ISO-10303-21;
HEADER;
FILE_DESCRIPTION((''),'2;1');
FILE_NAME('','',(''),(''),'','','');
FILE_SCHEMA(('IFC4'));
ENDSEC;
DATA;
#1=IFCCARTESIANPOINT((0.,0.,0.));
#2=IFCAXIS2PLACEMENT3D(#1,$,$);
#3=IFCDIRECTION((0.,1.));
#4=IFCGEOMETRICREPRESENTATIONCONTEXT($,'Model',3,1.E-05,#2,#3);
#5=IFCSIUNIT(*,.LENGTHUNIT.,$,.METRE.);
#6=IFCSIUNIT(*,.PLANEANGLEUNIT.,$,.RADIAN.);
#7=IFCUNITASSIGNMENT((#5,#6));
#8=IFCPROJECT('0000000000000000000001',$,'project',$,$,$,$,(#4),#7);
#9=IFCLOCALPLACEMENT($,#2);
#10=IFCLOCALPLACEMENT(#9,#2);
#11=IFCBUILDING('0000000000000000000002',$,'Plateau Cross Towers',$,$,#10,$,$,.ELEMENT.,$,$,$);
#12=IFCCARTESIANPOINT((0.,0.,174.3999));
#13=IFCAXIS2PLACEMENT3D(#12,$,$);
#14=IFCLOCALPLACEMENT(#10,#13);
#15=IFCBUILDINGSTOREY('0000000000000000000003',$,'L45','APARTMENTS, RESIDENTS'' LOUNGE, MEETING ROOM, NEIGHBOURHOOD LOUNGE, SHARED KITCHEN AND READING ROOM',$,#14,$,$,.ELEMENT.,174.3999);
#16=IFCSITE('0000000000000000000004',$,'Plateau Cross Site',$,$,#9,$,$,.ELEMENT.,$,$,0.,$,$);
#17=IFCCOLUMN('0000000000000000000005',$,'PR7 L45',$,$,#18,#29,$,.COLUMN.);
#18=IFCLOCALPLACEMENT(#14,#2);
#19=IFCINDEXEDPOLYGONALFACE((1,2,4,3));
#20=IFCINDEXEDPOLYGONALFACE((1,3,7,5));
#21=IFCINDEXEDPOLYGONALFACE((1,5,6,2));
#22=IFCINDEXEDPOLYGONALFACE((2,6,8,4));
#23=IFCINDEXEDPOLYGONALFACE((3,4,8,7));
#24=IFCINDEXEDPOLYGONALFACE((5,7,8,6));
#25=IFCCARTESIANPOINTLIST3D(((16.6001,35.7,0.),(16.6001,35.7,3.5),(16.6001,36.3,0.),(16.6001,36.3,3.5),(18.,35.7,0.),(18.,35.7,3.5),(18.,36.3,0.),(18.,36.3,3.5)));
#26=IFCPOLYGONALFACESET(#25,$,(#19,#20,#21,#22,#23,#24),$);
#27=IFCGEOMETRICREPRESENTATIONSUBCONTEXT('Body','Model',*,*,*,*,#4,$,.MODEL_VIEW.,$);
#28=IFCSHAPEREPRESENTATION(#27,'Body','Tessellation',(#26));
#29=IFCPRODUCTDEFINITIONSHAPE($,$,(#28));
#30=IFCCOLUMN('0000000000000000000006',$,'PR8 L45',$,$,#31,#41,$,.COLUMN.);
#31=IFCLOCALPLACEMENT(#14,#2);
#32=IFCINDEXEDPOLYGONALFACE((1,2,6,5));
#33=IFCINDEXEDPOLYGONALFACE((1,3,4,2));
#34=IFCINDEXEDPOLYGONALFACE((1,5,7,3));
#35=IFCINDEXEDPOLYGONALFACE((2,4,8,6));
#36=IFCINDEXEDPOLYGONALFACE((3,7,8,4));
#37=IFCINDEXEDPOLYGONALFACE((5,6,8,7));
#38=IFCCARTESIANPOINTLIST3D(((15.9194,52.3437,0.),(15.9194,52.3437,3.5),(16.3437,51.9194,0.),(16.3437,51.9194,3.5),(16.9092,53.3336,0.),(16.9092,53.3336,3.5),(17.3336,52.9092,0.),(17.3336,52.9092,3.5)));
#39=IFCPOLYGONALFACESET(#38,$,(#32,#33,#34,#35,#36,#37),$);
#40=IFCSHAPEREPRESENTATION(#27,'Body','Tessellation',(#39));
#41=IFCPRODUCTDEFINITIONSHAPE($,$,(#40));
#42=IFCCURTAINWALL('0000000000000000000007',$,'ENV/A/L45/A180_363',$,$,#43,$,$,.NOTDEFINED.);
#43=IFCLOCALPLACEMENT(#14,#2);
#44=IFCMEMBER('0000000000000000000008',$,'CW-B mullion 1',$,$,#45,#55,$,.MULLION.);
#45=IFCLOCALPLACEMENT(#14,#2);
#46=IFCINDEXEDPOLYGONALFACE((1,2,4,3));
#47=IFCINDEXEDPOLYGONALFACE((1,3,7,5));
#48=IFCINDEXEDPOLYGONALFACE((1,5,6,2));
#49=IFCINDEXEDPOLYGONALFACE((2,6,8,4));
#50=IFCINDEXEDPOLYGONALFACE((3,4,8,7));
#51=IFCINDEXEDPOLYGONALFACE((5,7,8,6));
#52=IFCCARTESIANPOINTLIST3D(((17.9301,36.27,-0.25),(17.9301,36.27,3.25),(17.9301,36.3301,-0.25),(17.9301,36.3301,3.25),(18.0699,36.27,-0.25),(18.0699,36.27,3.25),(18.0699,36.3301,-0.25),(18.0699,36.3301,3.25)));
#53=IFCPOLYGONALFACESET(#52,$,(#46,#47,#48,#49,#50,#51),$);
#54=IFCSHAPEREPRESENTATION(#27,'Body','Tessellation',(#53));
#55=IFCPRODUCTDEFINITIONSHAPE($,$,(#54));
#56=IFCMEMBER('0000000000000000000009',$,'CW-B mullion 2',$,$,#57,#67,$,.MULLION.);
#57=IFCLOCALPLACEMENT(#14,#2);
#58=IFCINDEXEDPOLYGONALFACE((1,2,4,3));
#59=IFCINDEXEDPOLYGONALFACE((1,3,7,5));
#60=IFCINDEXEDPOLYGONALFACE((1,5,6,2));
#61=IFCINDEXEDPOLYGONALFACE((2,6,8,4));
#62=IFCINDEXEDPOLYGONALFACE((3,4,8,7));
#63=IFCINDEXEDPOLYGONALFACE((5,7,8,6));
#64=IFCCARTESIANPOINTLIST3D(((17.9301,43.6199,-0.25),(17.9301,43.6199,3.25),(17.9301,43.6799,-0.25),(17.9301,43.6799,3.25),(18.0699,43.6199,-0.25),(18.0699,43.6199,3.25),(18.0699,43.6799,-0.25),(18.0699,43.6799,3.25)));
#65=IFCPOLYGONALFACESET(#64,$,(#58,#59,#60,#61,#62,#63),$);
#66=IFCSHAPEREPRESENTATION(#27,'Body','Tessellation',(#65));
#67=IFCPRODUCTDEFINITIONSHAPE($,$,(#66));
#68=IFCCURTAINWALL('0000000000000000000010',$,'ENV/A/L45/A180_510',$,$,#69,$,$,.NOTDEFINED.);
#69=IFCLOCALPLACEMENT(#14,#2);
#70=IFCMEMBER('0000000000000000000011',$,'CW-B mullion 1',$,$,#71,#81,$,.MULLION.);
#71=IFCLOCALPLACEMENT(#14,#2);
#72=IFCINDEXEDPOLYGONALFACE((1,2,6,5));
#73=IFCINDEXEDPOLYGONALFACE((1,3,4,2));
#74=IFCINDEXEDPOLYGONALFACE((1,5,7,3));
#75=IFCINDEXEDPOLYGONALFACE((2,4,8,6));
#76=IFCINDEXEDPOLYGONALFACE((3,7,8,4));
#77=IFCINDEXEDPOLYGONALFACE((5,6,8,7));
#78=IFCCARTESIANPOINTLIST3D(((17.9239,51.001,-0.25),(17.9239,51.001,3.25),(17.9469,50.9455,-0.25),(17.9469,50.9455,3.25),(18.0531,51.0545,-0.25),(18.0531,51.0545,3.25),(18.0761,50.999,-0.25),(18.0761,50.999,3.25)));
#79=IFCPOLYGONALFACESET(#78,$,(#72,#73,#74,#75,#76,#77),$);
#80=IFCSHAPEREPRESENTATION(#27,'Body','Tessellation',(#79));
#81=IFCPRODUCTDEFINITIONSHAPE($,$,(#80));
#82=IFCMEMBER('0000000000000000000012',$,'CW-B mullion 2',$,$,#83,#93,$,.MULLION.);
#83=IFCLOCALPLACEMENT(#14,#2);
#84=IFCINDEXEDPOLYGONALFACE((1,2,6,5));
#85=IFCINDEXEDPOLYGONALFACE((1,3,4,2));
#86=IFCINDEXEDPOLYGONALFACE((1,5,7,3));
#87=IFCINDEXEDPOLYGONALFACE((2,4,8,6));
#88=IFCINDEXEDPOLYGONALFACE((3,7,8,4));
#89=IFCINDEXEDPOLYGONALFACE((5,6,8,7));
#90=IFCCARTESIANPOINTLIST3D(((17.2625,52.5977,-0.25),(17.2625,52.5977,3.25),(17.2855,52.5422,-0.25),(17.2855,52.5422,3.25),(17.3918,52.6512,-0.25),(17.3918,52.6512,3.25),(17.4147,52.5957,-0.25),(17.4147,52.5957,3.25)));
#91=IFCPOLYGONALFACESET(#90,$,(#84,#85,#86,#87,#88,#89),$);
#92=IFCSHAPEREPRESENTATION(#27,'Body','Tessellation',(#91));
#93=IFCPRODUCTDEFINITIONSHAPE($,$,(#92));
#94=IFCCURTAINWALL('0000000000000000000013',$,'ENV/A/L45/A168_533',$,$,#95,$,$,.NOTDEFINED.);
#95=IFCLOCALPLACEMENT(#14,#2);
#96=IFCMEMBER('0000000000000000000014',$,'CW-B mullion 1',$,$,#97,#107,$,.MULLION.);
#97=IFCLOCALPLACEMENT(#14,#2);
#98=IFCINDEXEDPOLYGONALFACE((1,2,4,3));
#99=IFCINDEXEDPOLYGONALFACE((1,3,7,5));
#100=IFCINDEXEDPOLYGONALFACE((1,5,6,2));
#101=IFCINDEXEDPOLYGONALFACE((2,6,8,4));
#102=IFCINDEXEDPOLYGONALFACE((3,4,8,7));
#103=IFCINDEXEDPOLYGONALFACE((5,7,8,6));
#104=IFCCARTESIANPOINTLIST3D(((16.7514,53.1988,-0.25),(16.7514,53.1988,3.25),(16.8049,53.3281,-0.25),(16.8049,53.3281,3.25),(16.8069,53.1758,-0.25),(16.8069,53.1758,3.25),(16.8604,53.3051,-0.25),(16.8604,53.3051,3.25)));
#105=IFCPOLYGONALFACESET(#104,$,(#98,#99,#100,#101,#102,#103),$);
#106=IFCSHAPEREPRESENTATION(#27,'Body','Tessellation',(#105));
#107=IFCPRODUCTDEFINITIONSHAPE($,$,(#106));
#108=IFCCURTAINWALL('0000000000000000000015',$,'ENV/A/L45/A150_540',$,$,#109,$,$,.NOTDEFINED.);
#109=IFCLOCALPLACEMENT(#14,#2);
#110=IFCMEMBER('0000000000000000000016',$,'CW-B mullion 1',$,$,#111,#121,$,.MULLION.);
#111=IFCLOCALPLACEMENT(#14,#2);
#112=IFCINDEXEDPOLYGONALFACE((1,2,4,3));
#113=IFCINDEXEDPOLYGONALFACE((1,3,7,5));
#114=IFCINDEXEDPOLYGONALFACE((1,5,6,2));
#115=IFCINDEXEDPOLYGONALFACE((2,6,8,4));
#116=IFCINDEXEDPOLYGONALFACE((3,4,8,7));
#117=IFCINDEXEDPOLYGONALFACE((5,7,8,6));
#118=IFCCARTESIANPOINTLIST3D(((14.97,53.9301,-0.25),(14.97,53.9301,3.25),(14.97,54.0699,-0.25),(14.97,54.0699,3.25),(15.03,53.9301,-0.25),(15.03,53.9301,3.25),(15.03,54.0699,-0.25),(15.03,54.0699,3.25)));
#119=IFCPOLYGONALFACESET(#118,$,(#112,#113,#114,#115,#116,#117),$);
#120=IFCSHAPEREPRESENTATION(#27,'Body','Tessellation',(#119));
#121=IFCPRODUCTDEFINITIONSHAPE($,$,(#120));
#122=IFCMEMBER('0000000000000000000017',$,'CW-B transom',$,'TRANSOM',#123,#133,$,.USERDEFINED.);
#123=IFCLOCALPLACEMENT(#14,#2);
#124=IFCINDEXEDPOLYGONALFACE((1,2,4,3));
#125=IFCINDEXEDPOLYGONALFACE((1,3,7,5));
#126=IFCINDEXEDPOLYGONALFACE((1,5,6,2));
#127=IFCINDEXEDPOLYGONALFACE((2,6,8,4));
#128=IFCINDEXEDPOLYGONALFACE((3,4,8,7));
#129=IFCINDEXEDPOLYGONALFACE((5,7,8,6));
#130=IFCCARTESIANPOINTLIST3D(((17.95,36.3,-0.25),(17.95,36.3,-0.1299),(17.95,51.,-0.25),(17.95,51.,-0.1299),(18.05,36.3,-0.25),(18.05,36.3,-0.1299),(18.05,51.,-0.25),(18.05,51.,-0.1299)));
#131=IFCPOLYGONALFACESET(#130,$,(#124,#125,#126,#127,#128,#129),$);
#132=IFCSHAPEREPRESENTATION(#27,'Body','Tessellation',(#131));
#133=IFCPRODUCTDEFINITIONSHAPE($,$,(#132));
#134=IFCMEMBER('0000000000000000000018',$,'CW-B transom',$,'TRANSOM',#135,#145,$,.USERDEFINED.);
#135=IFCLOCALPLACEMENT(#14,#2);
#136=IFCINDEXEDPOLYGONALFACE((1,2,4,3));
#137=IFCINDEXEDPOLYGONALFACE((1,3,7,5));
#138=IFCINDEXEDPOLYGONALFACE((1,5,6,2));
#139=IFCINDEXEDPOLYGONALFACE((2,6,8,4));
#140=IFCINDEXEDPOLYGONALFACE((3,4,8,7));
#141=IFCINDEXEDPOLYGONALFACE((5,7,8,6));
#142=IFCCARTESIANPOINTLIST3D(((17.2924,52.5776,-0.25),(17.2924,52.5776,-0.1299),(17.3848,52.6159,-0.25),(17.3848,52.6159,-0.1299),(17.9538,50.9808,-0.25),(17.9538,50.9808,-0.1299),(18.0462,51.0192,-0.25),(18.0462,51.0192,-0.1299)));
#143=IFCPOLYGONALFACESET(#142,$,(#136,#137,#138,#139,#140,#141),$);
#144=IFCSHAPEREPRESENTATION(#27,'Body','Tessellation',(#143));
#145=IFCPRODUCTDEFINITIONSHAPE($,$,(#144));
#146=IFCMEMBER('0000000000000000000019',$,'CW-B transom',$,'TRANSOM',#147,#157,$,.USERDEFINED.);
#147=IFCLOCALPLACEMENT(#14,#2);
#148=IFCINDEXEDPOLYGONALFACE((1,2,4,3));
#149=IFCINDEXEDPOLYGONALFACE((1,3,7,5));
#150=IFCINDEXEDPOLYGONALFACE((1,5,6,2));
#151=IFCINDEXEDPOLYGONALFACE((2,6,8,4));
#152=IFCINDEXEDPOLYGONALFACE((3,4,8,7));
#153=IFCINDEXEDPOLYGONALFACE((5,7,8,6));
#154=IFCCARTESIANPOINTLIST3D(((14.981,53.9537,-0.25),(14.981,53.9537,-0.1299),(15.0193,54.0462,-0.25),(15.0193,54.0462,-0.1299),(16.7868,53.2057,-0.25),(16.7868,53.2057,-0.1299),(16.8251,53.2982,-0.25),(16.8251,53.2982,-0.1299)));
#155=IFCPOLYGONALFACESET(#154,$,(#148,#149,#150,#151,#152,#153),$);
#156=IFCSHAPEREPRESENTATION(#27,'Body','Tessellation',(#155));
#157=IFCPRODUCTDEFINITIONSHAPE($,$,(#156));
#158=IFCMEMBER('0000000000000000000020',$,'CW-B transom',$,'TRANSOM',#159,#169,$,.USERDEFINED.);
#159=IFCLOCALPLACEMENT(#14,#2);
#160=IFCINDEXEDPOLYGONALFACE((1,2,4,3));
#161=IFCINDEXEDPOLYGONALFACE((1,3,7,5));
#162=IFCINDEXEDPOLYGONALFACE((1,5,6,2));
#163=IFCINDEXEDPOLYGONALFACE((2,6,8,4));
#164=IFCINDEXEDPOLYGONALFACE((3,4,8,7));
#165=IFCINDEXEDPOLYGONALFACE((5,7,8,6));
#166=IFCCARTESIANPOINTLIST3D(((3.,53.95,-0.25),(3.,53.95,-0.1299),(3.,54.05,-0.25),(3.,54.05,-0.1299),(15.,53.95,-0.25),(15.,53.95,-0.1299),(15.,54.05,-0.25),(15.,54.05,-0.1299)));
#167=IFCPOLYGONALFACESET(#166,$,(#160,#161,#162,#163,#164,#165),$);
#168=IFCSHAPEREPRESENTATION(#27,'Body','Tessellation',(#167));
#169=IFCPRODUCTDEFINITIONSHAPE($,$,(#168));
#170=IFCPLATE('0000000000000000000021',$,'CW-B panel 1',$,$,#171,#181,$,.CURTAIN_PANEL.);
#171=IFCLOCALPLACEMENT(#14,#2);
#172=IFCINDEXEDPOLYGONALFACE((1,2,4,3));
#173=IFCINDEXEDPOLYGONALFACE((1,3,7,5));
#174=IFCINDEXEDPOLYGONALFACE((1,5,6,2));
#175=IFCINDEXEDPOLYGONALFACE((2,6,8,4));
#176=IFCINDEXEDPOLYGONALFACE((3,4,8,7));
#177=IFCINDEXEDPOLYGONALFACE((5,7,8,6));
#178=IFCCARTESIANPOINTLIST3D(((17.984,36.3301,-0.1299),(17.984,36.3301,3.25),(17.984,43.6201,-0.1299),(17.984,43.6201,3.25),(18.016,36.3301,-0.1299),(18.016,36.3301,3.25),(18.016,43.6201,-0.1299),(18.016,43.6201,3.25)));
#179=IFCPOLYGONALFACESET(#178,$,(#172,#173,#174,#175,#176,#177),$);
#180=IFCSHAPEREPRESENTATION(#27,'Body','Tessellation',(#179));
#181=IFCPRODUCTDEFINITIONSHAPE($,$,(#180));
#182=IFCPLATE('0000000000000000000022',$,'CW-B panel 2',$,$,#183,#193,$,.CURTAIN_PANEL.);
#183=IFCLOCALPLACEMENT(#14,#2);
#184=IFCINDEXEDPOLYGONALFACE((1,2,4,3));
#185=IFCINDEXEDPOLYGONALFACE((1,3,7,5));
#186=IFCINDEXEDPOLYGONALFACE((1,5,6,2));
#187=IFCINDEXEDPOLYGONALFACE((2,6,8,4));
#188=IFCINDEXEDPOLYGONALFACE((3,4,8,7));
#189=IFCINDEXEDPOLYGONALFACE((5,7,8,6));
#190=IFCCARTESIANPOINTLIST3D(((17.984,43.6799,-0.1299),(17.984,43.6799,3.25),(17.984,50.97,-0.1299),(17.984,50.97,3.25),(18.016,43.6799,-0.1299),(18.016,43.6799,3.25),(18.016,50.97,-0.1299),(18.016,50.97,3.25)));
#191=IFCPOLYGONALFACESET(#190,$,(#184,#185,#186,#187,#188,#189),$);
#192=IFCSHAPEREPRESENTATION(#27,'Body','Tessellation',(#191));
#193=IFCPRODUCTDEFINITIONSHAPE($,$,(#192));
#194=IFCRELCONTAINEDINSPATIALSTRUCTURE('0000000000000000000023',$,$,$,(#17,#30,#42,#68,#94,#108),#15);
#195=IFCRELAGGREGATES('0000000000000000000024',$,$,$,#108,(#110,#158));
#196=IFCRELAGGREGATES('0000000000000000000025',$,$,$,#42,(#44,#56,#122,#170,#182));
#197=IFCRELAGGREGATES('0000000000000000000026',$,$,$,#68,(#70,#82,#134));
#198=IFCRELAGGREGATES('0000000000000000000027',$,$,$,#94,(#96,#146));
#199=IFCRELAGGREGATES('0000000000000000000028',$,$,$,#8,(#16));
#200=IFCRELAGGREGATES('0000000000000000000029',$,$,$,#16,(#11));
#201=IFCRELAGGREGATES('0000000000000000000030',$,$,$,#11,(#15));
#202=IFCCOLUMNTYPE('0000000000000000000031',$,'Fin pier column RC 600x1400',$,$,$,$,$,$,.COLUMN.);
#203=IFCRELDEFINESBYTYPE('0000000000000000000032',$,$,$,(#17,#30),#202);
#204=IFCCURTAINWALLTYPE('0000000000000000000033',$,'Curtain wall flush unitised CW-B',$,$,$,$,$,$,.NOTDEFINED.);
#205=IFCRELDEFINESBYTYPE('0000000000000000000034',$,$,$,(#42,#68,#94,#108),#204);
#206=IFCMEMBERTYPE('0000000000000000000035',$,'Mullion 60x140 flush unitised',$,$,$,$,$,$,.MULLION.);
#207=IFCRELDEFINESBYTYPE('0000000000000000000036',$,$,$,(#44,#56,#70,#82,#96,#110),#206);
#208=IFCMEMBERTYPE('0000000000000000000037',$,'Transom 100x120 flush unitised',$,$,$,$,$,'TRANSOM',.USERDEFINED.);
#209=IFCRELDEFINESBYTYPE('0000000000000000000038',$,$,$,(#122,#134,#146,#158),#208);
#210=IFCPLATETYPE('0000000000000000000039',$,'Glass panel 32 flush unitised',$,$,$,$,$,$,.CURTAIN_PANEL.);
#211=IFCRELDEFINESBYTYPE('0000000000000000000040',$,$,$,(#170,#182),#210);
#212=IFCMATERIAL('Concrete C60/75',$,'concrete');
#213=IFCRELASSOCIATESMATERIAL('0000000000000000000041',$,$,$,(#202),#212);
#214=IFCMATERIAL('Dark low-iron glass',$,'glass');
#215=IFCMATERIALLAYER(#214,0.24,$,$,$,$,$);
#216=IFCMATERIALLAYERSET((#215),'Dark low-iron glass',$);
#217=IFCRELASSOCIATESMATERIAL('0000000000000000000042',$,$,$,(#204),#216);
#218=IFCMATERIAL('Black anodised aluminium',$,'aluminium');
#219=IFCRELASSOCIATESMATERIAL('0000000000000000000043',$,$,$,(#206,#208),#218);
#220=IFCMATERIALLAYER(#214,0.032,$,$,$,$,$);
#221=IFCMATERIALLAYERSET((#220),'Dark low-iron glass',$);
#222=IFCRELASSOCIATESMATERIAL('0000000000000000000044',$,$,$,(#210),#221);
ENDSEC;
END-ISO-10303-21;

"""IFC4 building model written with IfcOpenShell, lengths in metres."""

from ifc_helpers import new_model, si_unit, direction, frame, origin, origin_2d, place, context, subcontext, project, spatial, rectangle, extrude, material, layer, layer_set, material_profile, profile_set, type_object, element, aggregate, save


model = new_model("IFC4")

# Units and contexts
model_context = context("Model", 3, precision=1e-05, world=origin(), true_north=direction((0.0, 1.0)))
body_context = subcontext(model_context, "Body", "Model", "MODEL_VIEW")
ifc_project = project(units=[si_unit("LENGTHUNIT", "METRE"), si_unit("PLANEANGLEUNIT", "RADIAN")], contexts=[model_context])

# Site, building, storey
site_placement = place(None, origin())
site = spatial("IfcSite", under=ifc_project, at=site_placement, Name="Plateau Cross Site", CompositionType="ELEMENT", RefElevation=0.0)
building_placement = place(site_placement, origin())
building = spatial("IfcBuilding", under=site, at=building_placement, Name="Plateau Cross Towers", CompositionType="ELEMENT")
storey_placement = place(building_placement, frame((0.0, 0.0, 174.3999)))
storey = spatial("IfcBuildingStorey", under=building, at=storey_placement, Name="L45", Description="APARTMENTS, RESIDENTS' LOUNGE, MEETING ROOM, NEIGHBOURHOOD LOUNGE, SHARED KITCHEN AND READING ROOM", CompositionType="ELEMENT", Elevation=174.3999)

# Columns
ifc_material_1 = material(Name="Concrete C60/75", Category="concrete")
ifc_material_profile_1 = material_profile(ifc_material_1, rectangle(XDim=0.6001, YDim=1.3999, at=origin_2d()), Name="RC 600x1400")
ifc_profile_set_1 = profile_set([ifc_material_profile_1], Name="Concrete C60/75")
column_type = type_object("IfcColumnType", Name="Fin pier column RC 600x1400", PredefinedType="COLUMN", material=ifc_profile_set_1)
for number, where, z_axis, x_axis, name in (
    (1, (17.3, 36.0, 0.0), (0.0, 0.0, 1.0), (0.0, 1.0, 0.0), "PR7 L45"),
    (2, (16.6265, 52.6265, 0.0), (0.0, 0.0, 1.0), (-0.707107, 0.707107, 0.0), "PR8 L45"),
):
    element("IfcColumn", number, at=place(storey_placement, frame(where, z_axis=z_axis, x_axis=x_axis)), inside=storey, type_object=column_type, Name=name, PredefinedType="COLUMN", context=body_context, shape_type="SweptSolid", body=[
        extrude(rectangle(XDim=0.6001, YDim=1.3999, at=origin_2d()), origin(), (0.0, 0.0, 1.0), 3.5),
    ])

# Curtain walls, members
ifc_material_2 = material(Name="Dark low-iron glass", Category="glass")
ifc_layer_1 = layer(ifc_material_2, 0.24)
ifc_layer_set_1 = layer_set([ifc_layer_1], Name="Dark low-iron glass")
curtain_wall_type = type_object("IfcCurtainWallType", Name="Curtain wall flush unitised CW-B", PredefinedType="NOTDEFINED", material=ifc_layer_set_1)
curtain_wall_1_placement = place(storey_placement, origin())
curtain_wall_1 = element("IfcCurtainWall", 3, at=curtain_wall_1_placement, inside=storey, type_object=curtain_wall_type, Name="ENV/A/L45/A180_363", PredefinedType="NOTDEFINED")
ifc_material_3 = material(Name="Black anodised aluminium", Category="aluminium")
ifc_material_profile_2 = material_profile(ifc_material_3, rectangle(XDim=0.0601, YDim=0.1399, at=origin_2d()), Name="MULLION 60x140")
ifc_profile_set_2 = profile_set([ifc_material_profile_2], Name="Black anodised aluminium")
member_type_1 = type_object("IfcMemberType", Name="Mullion 60x140 flush unitised", PredefinedType="MULLION", material=ifc_profile_set_2)
member_1_placement = place(storey_placement, frame((18.0, 36.3, -0.25), z_axis=(0.0, 0.0, 1.0), x_axis=(0.0, 1.0, 0.0)))
member_1 = element("IfcMember", 4, at=member_1_placement, type_object=member_type_1, Name="CW-B mullion 1", PredefinedType="MULLION", context=body_context, shape_type="SweptSolid", body=[
    extrude(rectangle(XDim=0.0601, YDim=0.1399, at=origin_2d()), origin(), (0.0, 0.0, 1.0), 3.5),
])
member_2_placement = place(storey_placement, frame((18.0, 43.6499, -0.25), z_axis=(0.0, 0.0, 1.0), x_axis=(0.0, 1.0, 0.0)))
member_2 = element("IfcMember", 5, at=member_2_placement, type_object=member_type_1, Name="CW-B mullion 2", PredefinedType="MULLION", context=body_context, shape_type="SweptSolid", body=[
    extrude(rectangle(XDim=0.0601, YDim=0.1399, at=origin_2d()), origin(), (0.0, 0.0, 1.0), 3.5),
])
curtain_wall_2_placement = place(storey_placement, origin())
curtain_wall_2 = element("IfcCurtainWall", 6, at=curtain_wall_2_placement, inside=storey, type_object=curtain_wall_type, Name="ENV/A/L45/A180_510", PredefinedType="NOTDEFINED")
member_3_placement = place(storey_placement, frame((18.0, 51.0, -0.25), z_axis=(0.0, 0.0, 1.0), x_axis=(-0.382684, 0.923879, 0.0)))
member_3 = element("IfcMember", 7, at=member_3_placement, type_object=member_type_1, Name="CW-B mullion 1", PredefinedType="MULLION", context=body_context, shape_type="SweptSolid", body=[
    extrude(rectangle(XDim=0.0601, YDim=0.1399, at=origin_2d()), origin(), (0.0, 0.0, 1.0), 3.5),
])
member_4_placement = place(storey_placement, frame((17.3386, 52.5967, -0.25), z_axis=(0.0, 0.0, 1.0), x_axis=(-0.382684, 0.923879, 0.0)))
member_4 = element("IfcMember", 8, at=member_4_placement, type_object=member_type_1, Name="CW-B mullion 2", PredefinedType="MULLION", context=body_context, shape_type="SweptSolid", body=[
    extrude(rectangle(XDim=0.0601, YDim=0.1399, at=origin_2d()), origin(), (0.0, 0.0, 1.0), 3.5),
])

# Curtain walls, members
curtain_wall_3_placement = place(storey_placement, origin())
curtain_wall_3 = element("IfcCurtainWall", 9, at=curtain_wall_3_placement, inside=storey, type_object=curtain_wall_type, Name="ENV/A/L45/A168_533", PredefinedType="NOTDEFINED")
member_5_placement = place(storey_placement, frame((16.8059, 53.252, -0.25), z_axis=(0.0, 0.0, 1.0), x_axis=(-0.923879, 0.382684, 0.0)))
member_5 = element("IfcMember", 10, at=member_5_placement, type_object=member_type_1, Name="CW-B mullion 1", PredefinedType="MULLION", context=body_context, shape_type="SweptSolid", body=[
    extrude(rectangle(XDim=0.0601, YDim=0.1399, at=origin_2d()), origin(), (0.0, 0.0, 1.0), 3.5),
])
curtain_wall_4_placement = place(storey_placement, origin())
curtain_wall_4 = element("IfcCurtainWall", 11, at=curtain_wall_4_placement, inside=storey, type_object=curtain_wall_type, Name="ENV/A/L45/A150_540", PredefinedType="NOTDEFINED")
member_6_placement = place(storey_placement, frame((15.0, 54.0, -0.25), z_axis=(0.0, 0.0, 1.0), x_axis=(-1.0, 0.0, 0.0)))
member_6 = element("IfcMember", 12, at=member_6_placement, type_object=member_type_1, Name="CW-B mullion 1", PredefinedType="MULLION", context=body_context, shape_type="SweptSolid", body=[
    extrude(rectangle(XDim=0.0601, YDim=0.1399, at=origin_2d()), origin(), (0.0, 0.0, 1.0), 3.5),
])

# Members
ifc_material_profile_3 = material_profile(ifc_material_3, rectangle(XDim=0.1001, YDim=0.1201, at=origin_2d()), Name="TRANSOM 100x120")
ifc_profile_set_3 = profile_set([ifc_material_profile_3], Name="Black anodised aluminium")
member_type_2 = type_object("IfcMemberType", Name="Transom 100x120 flush unitised", ElementType="TRANSOM", PredefinedType="USERDEFINED", material=ifc_profile_set_3)
member_7_placement = place(storey_placement, frame((18.0, 36.3, -0.1899), z_axis=(0.0, 1.0, 0.0), x_axis=(-1.0, 0.0, 0.0)))
member_7 = element("IfcMember", 13, at=member_7_placement, type_object=member_type_2, Name="CW-B transom", ObjectType="TRANSOM", PredefinedType="USERDEFINED", context=body_context, shape_type="SweptSolid", body=[
    extrude(rectangle(XDim=0.1001, YDim=0.1201, at=origin_2d()), origin(), (0.0, 0.0, 1.0), 14.7),
])
member_8_placement = place(storey_placement, frame((18.0, 51.0, -0.1899), z_axis=(-0.382689, 0.923877, 0.0), x_axis=(-0.923877, -0.382689, 0.0)))
member_8 = element("IfcMember", 14, at=member_8_placement, type_object=member_type_2, Name="CW-B transom", ObjectType="TRANSOM", PredefinedType="USERDEFINED", context=body_context, shape_type="SweptSolid", body=[
    extrude(rectangle(XDim=0.1001, YDim=0.1201, at=origin_2d()), origin(), (0.0, 0.0, 1.0), 1.7283),
])
member_9_placement = place(storey_placement, frame((16.8059, 53.252, -0.1899), z_axis=(-0.923877, 0.38269, 0.0), x_axis=(-0.38269, -0.923877, 0.0)))
member_9 = element("IfcMember", 15, at=member_9_placement, type_object=member_type_2, Name="CW-B transom", ObjectType="TRANSOM", PredefinedType="USERDEFINED", context=body_context, shape_type="SweptSolid", body=[
    extrude(rectangle(XDim=0.1001, YDim=0.1201, at=origin_2d()), origin(), (0.0, 0.0, 1.0), 1.9546),
])
member_10_placement = place(storey_placement, frame((15.0, 54.0, -0.1899), z_axis=(-1.0, 0.0, 0.0), x_axis=(0.0, -1.0, 0.0)))
member_10 = element("IfcMember", 16, at=member_10_placement, type_object=member_type_2, Name="CW-B transom", ObjectType="TRANSOM", PredefinedType="USERDEFINED", context=body_context, shape_type="SweptSolid", body=[
    extrude(rectangle(XDim=0.1001, YDim=0.1201, at=origin_2d()), origin(), (0.0, 0.0, 1.0), 12.0),
])
aggregate(curtain_wall_4, [member_6, member_10])

# Plates
ifc_layer_2 = layer(ifc_material_2, 0.032)
ifc_layer_set_2 = layer_set([ifc_layer_2], Name="Dark low-iron glass")
plate_type = type_object("IfcPlateType", Name="Glass panel 32 flush unitised", PredefinedType="CURTAIN_PANEL", material=ifc_layer_set_2)
plate_1_placement = place(storey_placement, frame((18.0, 39.9751, -0.1299), z_axis=(0.0, 0.0, 1.0), x_axis=(0.0, 1.0, 0.0)))
plate_1 = element("IfcPlate", 17, at=plate_1_placement, type_object=plate_type, Name="CW-B panel 1", PredefinedType="CURTAIN_PANEL", context=body_context, shape_type="SweptSolid", body=[
    extrude(rectangle(XDim=7.29, YDim=0.032, at=origin_2d()), origin(), (0.0, 0.0, 1.0), 3.3799),
])
plate_2_placement = place(storey_placement, frame((18.0, 47.325, -0.1299), z_axis=(0.0, 0.0, 1.0), x_axis=(0.0, 1.0, 0.0)))
plate_2 = element("IfcPlate", 18, at=plate_2_placement, type_object=plate_type, Name="CW-B panel 2", PredefinedType="CURTAIN_PANEL", context=body_context, shape_type="SweptSolid", body=[
    extrude(rectangle(XDim=7.29, YDim=0.032, at=origin_2d()), origin(), (0.0, 0.0, 1.0), 3.3799),
])
aggregate(curtain_wall_1, [member_1, member_2, member_7, plate_1, plate_2])
aggregate(curtain_wall_2, [member_3, member_4, member_8])
aggregate(curtain_wall_3, [member_5, member_9])

save(model, "model.ifc")
